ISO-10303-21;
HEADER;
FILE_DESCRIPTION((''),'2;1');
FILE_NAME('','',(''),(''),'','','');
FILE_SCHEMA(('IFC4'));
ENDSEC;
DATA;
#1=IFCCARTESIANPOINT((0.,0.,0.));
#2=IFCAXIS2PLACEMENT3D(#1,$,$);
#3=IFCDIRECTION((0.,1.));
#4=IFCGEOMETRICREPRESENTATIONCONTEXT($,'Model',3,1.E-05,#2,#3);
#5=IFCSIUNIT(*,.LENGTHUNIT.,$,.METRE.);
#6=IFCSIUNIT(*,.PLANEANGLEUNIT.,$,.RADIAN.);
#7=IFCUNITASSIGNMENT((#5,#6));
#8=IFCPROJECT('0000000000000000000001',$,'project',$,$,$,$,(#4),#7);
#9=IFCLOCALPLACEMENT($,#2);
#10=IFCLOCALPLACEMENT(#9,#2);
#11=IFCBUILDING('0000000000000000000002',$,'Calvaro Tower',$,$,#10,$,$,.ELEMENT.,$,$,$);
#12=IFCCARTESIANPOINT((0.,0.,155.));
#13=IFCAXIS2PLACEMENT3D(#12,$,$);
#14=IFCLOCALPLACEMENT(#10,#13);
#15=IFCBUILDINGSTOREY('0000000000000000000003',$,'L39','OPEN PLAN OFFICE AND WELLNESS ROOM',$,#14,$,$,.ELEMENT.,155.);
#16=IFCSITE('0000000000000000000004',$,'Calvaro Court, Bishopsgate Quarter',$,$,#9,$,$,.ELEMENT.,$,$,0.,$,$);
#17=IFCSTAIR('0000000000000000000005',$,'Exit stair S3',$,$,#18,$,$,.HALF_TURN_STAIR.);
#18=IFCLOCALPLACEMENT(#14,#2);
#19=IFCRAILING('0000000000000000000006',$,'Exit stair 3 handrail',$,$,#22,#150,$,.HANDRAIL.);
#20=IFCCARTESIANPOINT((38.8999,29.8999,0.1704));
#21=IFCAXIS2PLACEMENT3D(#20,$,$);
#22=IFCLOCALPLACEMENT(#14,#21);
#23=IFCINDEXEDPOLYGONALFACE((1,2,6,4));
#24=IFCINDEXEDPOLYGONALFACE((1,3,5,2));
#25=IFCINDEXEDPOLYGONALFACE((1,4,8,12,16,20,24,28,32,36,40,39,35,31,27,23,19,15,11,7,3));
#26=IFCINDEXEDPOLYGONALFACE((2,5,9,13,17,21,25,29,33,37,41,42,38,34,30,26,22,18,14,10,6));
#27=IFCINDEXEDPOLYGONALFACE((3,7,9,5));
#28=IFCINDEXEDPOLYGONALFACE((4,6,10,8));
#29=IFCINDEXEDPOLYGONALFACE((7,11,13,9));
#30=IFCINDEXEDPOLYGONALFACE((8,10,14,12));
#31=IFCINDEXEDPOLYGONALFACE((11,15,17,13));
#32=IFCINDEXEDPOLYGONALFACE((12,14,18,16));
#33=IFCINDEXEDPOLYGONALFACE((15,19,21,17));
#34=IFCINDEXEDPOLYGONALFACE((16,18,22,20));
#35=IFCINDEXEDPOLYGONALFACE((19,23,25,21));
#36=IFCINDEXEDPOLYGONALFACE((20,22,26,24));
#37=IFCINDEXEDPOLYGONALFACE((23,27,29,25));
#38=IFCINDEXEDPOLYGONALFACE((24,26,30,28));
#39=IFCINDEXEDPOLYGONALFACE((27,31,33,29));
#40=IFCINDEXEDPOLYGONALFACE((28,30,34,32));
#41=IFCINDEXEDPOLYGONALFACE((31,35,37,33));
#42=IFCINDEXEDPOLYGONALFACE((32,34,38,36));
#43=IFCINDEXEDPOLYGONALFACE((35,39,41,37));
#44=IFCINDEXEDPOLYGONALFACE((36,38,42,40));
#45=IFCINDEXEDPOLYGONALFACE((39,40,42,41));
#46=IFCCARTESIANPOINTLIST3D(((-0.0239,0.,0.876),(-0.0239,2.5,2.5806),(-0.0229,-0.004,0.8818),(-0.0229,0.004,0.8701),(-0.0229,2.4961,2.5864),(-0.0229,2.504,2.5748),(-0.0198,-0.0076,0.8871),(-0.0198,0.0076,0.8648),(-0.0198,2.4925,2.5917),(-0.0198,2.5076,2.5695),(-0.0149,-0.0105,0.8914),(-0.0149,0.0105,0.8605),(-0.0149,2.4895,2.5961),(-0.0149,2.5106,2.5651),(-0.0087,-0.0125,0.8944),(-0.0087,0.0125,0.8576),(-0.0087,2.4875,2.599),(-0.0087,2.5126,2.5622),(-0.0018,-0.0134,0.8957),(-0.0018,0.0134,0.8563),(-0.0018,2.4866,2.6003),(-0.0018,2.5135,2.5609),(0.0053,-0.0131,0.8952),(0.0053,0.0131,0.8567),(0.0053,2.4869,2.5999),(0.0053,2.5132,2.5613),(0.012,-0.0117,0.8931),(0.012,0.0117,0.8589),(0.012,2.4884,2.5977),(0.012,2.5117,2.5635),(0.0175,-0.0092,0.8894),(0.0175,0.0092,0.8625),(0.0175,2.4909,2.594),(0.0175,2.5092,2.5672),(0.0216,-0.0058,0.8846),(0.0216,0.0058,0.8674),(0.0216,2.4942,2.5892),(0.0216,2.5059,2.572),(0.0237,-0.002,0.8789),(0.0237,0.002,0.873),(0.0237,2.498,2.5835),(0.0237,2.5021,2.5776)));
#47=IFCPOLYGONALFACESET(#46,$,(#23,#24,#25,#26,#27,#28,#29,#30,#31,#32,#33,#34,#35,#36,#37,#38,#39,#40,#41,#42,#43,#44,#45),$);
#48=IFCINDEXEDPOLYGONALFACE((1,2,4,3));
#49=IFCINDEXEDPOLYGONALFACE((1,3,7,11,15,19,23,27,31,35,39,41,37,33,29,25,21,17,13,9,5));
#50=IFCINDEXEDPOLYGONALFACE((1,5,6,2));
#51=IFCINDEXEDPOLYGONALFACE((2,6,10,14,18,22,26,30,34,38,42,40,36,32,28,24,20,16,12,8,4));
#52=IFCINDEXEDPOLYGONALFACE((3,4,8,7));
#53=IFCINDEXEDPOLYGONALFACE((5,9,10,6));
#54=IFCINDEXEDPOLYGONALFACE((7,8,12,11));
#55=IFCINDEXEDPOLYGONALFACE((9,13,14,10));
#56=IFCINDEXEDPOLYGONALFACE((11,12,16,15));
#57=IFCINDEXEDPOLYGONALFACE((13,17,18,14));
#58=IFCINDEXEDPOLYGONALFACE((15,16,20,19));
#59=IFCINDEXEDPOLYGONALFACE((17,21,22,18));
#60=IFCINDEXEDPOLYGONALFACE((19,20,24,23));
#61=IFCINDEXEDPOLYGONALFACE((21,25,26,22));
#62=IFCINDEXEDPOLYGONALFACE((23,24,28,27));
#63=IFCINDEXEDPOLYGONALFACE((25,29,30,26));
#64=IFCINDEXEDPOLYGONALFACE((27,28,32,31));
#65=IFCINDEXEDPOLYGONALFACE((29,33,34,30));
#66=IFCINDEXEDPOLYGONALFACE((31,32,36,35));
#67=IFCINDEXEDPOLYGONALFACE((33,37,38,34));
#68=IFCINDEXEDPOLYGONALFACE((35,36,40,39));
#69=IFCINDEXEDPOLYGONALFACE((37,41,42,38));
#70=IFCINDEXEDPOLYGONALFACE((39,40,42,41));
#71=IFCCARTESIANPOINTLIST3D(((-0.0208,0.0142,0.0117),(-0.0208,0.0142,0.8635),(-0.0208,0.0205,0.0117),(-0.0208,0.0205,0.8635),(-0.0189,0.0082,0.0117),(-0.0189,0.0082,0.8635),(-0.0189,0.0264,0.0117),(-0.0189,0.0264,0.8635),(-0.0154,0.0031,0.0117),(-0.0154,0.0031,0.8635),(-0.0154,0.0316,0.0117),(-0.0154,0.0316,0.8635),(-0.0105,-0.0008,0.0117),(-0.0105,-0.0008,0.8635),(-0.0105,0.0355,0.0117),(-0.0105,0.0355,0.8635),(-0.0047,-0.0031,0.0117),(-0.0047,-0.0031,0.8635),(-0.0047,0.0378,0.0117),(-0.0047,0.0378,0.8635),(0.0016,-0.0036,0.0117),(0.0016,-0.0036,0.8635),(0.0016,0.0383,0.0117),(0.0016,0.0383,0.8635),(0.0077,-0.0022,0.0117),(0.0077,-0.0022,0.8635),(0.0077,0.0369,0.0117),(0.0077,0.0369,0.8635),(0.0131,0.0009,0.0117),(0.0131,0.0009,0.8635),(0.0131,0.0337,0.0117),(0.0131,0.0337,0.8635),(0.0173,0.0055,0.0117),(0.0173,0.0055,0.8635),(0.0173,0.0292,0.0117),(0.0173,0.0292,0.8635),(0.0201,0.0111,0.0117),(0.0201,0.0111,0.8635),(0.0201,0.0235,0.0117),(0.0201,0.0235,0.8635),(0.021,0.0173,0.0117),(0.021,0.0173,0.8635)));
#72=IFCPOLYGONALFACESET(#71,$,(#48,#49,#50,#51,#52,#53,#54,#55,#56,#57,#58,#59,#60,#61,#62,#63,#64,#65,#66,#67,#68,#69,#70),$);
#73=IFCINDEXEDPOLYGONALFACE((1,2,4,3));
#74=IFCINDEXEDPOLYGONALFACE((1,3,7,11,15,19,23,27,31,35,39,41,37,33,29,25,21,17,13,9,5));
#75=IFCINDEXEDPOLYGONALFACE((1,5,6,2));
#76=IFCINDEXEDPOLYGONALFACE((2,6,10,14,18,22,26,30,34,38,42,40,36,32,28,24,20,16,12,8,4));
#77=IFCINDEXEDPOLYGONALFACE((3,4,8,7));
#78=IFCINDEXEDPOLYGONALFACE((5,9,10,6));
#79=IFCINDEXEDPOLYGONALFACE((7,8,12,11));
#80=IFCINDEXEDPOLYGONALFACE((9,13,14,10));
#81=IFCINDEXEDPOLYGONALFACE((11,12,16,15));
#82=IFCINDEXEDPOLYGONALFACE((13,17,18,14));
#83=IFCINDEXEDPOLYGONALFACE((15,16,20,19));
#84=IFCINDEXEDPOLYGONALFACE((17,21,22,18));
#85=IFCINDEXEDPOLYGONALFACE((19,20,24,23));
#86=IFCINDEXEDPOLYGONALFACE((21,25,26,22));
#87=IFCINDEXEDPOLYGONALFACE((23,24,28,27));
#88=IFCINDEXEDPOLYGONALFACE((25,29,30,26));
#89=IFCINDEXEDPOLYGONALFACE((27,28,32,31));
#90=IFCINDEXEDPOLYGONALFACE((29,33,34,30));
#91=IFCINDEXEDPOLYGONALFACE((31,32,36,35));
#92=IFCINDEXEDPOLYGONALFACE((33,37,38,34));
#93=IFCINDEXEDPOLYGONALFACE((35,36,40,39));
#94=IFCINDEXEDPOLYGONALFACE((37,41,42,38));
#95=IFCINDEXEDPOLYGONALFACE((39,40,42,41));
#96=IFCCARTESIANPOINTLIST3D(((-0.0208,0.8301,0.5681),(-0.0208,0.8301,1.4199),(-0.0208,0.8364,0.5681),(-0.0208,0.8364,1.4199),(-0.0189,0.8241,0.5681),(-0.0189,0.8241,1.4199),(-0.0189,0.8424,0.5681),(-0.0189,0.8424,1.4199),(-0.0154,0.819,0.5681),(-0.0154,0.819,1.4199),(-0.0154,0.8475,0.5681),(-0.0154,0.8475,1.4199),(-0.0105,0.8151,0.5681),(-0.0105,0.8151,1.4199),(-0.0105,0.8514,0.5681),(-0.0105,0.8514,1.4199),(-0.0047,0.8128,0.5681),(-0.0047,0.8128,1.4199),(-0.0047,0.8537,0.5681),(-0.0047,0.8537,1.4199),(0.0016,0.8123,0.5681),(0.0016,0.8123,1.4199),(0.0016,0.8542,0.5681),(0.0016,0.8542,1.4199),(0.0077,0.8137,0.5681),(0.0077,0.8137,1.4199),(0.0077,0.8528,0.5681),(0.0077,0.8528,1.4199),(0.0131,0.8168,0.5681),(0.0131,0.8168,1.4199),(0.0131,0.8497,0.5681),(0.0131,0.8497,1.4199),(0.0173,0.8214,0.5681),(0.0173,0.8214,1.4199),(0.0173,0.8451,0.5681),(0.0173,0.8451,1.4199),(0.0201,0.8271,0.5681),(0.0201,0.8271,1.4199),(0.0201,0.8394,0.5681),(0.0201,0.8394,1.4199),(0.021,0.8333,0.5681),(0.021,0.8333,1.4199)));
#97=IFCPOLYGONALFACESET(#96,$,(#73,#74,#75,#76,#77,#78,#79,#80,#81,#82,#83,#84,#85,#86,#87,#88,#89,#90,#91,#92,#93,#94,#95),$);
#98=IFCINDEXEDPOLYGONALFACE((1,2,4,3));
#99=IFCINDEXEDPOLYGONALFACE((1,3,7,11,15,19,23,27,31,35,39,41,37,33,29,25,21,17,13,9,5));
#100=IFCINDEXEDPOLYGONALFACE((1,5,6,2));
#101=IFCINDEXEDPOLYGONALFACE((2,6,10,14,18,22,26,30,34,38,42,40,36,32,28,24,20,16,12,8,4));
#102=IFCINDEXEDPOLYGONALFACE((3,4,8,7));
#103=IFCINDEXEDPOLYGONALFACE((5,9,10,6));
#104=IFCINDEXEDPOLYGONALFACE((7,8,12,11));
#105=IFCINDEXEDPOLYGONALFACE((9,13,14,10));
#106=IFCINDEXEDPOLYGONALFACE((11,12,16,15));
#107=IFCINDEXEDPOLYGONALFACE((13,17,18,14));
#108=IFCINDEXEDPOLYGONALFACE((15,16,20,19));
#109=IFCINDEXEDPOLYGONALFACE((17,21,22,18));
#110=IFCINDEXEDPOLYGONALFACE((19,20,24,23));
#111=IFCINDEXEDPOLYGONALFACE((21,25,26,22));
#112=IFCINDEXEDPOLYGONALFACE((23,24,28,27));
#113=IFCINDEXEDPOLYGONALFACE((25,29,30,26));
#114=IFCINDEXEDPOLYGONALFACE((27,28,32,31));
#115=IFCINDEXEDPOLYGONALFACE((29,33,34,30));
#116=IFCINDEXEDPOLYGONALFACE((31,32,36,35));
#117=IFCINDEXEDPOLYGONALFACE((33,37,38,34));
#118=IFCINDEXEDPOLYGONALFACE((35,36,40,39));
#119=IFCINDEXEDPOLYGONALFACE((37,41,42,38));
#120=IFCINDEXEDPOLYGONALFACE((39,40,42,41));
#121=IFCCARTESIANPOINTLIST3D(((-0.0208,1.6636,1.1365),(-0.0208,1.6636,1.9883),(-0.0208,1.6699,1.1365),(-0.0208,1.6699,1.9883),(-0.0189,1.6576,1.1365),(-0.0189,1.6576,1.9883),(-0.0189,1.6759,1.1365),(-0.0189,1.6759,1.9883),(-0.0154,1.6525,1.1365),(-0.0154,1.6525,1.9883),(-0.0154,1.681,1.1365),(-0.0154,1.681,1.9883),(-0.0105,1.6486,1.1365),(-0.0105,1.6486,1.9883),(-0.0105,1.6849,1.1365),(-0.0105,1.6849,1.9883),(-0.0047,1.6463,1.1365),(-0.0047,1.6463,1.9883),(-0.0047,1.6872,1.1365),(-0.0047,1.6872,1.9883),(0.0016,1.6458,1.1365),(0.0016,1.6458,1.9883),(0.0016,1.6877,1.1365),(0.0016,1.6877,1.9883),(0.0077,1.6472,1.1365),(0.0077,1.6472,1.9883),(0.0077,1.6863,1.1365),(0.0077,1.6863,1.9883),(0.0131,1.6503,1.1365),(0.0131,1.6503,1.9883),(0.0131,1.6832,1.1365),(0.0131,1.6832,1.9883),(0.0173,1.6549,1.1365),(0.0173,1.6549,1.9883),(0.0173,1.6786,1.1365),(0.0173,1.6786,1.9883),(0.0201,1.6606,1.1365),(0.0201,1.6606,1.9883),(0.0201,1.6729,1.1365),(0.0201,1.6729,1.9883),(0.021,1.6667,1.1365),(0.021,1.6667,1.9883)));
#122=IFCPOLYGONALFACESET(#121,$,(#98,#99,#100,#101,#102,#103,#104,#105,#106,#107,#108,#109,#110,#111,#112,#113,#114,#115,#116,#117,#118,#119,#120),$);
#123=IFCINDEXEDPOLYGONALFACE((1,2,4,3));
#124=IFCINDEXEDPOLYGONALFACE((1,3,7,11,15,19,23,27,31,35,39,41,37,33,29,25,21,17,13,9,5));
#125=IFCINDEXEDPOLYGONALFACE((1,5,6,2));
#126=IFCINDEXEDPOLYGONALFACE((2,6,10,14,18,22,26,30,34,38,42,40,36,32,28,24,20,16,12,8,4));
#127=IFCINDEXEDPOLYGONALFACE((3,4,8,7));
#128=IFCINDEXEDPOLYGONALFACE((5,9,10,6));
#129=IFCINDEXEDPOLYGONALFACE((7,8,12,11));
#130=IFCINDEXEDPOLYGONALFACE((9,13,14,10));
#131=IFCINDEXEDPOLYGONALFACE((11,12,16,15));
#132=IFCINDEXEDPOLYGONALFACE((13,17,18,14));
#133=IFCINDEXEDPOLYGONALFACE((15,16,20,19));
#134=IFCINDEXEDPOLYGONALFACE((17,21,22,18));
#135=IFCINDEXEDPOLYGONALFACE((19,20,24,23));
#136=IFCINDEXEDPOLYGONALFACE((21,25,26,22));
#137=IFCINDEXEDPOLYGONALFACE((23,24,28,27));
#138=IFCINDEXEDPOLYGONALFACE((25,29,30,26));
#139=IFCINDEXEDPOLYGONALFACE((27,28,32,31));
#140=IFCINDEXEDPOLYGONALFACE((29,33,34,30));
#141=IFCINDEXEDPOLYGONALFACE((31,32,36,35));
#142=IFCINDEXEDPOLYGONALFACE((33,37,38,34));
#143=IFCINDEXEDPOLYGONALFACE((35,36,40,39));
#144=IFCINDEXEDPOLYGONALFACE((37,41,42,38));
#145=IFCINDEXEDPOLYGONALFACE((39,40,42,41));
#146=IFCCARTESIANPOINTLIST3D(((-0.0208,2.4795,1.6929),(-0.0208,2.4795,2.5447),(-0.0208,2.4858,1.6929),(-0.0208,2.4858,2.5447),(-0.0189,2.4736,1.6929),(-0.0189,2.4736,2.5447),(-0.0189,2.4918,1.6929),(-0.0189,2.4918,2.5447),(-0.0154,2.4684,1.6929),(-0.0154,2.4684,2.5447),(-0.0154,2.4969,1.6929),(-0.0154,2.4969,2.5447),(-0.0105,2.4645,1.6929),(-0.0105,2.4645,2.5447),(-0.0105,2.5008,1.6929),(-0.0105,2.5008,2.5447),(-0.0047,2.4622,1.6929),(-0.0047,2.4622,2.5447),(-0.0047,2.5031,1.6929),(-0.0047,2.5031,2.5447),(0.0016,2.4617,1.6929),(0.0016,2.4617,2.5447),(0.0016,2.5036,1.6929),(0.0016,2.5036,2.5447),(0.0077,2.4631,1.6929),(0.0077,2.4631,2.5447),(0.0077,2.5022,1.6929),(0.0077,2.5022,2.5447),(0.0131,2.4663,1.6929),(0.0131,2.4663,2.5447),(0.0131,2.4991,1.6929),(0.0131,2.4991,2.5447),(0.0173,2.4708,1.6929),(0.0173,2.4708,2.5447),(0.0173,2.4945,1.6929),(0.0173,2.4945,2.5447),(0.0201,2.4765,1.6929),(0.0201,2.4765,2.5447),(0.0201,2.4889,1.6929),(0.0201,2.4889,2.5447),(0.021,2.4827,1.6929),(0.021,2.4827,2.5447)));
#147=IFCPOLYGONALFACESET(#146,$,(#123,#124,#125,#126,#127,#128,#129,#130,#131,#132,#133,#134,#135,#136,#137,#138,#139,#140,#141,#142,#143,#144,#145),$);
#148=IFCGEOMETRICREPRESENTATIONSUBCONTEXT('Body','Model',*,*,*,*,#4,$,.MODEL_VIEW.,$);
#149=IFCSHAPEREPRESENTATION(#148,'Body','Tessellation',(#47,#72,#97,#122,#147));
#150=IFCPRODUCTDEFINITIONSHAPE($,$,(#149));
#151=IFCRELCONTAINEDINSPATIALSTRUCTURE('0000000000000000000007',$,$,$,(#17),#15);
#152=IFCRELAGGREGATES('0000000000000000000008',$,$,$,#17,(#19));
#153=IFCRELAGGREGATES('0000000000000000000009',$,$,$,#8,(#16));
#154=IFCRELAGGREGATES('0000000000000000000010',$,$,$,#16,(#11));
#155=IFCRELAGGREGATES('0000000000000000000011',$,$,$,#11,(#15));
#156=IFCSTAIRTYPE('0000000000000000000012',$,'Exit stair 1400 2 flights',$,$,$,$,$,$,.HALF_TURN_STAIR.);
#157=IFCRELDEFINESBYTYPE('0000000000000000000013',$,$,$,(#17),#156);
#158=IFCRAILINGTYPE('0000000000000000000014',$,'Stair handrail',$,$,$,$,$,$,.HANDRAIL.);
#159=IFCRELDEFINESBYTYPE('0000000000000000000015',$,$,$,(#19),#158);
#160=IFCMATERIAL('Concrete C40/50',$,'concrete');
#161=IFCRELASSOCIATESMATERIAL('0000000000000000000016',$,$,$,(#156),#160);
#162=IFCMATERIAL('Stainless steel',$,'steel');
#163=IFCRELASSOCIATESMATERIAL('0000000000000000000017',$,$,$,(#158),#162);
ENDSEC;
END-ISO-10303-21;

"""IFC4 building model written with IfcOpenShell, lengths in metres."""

from ifc_helpers import new_model, si_unit, direction, frame, origin, origin_2d, place, context, subcontext, project, spatial, circle, extrude, material, type_object, element, aggregate, save


model = new_model("IFC4")

# Units and contexts
model_context = context("Model", 3, precision=1e-05, world=origin(), true_north=direction((0.0, 1.0)))
body_context = subcontext(model_context, "Body", "Model", "MODEL_VIEW")
ifc_project = project(units=[si_unit("LENGTHUNIT", "METRE"), si_unit("PLANEANGLEUNIT", "RADIAN")], contexts=[model_context])

# Site, building, storey
site_placement = place(None, origin())
site = spatial("IfcSite", under=ifc_project, at=site_placement, Name="Calvaro Court, Bishopsgate Quarter", CompositionType="ELEMENT", RefElevation=0.0)
building_placement = place(site_placement, origin())
building = spatial("IfcBuilding", under=site, at=building_placement, Name="Calvaro Tower", CompositionType="ELEMENT")
storey_placement = place(building_placement, frame((0.0, 0.0, 155.0)))
storey = spatial("IfcBuildingStorey", under=building, at=storey_placement, Name="L39", Description="OPEN PLAN OFFICE AND WELLNESS ROOM", CompositionType="ELEMENT", Elevation=155.0)

# Stair
ifc_material_1 = material(Name="Concrete C40/50", Category="concrete")
stair_type = type_object("IfcStairType", Name="Exit stair 1400 2 flights", PredefinedType="HALF_TURN_STAIR", material=ifc_material_1)
stair_1_placement = place(storey_placement, origin())
stair_1 = element("IfcStair", 1, at=stair_1_placement, inside=storey, type_object=stair_type, Name="Exit stair S3", PredefinedType="HALF_TURN_STAIR")

# Railing
ifc_material_2 = material(Name="Stainless steel", Category="steel")
railing_type = type_object("IfcRailingType", Name="Stair handrail", PredefinedType="HANDRAIL", material=ifc_material_2)
railing_1_placement = place(storey_placement, frame((38.8999, 29.8999, 0.1704)))
railing_1 = element("IfcRailing", 2, at=railing_1_placement, type_object=railing_type, Name="Exit stair 3 handrail", PredefinedType="HANDRAIL", context=body_context, shape_type="SweptSolid", body=[
    extrude(circle(Radius=0.0239, at=origin_2d()), frame((0.0, 0.0, 0.876), z_axis=(0.0, 0.826221, 0.563347), x_axis=(-1.0, 0.0, 0.0)), (0.0, 0.0, 1.0), 3.0259),
    extrude(circle(Radius=0.021, at=origin_2d()), frame((0.0, 0.0173, 0.0117)), (0.0, 0.0, 1.0), 0.8518),
    extrude(circle(Radius=0.021, at=origin_2d()), frame((0.0, 0.8333, 0.5681)), (0.0, 0.0, 1.0), 0.8518),
    extrude(circle(Radius=0.021, at=origin_2d()), frame((0.0, 1.6667, 1.1365)), (0.0, 0.0, 1.0), 0.8518),
    extrude(circle(Radius=0.021, at=origin_2d()), frame((0.0, 2.4827, 1.6929)), (0.0, 0.0, 1.0), 0.8518),
])
aggregate(stair_1, [railing_1])

save(model, "model.ifc")
